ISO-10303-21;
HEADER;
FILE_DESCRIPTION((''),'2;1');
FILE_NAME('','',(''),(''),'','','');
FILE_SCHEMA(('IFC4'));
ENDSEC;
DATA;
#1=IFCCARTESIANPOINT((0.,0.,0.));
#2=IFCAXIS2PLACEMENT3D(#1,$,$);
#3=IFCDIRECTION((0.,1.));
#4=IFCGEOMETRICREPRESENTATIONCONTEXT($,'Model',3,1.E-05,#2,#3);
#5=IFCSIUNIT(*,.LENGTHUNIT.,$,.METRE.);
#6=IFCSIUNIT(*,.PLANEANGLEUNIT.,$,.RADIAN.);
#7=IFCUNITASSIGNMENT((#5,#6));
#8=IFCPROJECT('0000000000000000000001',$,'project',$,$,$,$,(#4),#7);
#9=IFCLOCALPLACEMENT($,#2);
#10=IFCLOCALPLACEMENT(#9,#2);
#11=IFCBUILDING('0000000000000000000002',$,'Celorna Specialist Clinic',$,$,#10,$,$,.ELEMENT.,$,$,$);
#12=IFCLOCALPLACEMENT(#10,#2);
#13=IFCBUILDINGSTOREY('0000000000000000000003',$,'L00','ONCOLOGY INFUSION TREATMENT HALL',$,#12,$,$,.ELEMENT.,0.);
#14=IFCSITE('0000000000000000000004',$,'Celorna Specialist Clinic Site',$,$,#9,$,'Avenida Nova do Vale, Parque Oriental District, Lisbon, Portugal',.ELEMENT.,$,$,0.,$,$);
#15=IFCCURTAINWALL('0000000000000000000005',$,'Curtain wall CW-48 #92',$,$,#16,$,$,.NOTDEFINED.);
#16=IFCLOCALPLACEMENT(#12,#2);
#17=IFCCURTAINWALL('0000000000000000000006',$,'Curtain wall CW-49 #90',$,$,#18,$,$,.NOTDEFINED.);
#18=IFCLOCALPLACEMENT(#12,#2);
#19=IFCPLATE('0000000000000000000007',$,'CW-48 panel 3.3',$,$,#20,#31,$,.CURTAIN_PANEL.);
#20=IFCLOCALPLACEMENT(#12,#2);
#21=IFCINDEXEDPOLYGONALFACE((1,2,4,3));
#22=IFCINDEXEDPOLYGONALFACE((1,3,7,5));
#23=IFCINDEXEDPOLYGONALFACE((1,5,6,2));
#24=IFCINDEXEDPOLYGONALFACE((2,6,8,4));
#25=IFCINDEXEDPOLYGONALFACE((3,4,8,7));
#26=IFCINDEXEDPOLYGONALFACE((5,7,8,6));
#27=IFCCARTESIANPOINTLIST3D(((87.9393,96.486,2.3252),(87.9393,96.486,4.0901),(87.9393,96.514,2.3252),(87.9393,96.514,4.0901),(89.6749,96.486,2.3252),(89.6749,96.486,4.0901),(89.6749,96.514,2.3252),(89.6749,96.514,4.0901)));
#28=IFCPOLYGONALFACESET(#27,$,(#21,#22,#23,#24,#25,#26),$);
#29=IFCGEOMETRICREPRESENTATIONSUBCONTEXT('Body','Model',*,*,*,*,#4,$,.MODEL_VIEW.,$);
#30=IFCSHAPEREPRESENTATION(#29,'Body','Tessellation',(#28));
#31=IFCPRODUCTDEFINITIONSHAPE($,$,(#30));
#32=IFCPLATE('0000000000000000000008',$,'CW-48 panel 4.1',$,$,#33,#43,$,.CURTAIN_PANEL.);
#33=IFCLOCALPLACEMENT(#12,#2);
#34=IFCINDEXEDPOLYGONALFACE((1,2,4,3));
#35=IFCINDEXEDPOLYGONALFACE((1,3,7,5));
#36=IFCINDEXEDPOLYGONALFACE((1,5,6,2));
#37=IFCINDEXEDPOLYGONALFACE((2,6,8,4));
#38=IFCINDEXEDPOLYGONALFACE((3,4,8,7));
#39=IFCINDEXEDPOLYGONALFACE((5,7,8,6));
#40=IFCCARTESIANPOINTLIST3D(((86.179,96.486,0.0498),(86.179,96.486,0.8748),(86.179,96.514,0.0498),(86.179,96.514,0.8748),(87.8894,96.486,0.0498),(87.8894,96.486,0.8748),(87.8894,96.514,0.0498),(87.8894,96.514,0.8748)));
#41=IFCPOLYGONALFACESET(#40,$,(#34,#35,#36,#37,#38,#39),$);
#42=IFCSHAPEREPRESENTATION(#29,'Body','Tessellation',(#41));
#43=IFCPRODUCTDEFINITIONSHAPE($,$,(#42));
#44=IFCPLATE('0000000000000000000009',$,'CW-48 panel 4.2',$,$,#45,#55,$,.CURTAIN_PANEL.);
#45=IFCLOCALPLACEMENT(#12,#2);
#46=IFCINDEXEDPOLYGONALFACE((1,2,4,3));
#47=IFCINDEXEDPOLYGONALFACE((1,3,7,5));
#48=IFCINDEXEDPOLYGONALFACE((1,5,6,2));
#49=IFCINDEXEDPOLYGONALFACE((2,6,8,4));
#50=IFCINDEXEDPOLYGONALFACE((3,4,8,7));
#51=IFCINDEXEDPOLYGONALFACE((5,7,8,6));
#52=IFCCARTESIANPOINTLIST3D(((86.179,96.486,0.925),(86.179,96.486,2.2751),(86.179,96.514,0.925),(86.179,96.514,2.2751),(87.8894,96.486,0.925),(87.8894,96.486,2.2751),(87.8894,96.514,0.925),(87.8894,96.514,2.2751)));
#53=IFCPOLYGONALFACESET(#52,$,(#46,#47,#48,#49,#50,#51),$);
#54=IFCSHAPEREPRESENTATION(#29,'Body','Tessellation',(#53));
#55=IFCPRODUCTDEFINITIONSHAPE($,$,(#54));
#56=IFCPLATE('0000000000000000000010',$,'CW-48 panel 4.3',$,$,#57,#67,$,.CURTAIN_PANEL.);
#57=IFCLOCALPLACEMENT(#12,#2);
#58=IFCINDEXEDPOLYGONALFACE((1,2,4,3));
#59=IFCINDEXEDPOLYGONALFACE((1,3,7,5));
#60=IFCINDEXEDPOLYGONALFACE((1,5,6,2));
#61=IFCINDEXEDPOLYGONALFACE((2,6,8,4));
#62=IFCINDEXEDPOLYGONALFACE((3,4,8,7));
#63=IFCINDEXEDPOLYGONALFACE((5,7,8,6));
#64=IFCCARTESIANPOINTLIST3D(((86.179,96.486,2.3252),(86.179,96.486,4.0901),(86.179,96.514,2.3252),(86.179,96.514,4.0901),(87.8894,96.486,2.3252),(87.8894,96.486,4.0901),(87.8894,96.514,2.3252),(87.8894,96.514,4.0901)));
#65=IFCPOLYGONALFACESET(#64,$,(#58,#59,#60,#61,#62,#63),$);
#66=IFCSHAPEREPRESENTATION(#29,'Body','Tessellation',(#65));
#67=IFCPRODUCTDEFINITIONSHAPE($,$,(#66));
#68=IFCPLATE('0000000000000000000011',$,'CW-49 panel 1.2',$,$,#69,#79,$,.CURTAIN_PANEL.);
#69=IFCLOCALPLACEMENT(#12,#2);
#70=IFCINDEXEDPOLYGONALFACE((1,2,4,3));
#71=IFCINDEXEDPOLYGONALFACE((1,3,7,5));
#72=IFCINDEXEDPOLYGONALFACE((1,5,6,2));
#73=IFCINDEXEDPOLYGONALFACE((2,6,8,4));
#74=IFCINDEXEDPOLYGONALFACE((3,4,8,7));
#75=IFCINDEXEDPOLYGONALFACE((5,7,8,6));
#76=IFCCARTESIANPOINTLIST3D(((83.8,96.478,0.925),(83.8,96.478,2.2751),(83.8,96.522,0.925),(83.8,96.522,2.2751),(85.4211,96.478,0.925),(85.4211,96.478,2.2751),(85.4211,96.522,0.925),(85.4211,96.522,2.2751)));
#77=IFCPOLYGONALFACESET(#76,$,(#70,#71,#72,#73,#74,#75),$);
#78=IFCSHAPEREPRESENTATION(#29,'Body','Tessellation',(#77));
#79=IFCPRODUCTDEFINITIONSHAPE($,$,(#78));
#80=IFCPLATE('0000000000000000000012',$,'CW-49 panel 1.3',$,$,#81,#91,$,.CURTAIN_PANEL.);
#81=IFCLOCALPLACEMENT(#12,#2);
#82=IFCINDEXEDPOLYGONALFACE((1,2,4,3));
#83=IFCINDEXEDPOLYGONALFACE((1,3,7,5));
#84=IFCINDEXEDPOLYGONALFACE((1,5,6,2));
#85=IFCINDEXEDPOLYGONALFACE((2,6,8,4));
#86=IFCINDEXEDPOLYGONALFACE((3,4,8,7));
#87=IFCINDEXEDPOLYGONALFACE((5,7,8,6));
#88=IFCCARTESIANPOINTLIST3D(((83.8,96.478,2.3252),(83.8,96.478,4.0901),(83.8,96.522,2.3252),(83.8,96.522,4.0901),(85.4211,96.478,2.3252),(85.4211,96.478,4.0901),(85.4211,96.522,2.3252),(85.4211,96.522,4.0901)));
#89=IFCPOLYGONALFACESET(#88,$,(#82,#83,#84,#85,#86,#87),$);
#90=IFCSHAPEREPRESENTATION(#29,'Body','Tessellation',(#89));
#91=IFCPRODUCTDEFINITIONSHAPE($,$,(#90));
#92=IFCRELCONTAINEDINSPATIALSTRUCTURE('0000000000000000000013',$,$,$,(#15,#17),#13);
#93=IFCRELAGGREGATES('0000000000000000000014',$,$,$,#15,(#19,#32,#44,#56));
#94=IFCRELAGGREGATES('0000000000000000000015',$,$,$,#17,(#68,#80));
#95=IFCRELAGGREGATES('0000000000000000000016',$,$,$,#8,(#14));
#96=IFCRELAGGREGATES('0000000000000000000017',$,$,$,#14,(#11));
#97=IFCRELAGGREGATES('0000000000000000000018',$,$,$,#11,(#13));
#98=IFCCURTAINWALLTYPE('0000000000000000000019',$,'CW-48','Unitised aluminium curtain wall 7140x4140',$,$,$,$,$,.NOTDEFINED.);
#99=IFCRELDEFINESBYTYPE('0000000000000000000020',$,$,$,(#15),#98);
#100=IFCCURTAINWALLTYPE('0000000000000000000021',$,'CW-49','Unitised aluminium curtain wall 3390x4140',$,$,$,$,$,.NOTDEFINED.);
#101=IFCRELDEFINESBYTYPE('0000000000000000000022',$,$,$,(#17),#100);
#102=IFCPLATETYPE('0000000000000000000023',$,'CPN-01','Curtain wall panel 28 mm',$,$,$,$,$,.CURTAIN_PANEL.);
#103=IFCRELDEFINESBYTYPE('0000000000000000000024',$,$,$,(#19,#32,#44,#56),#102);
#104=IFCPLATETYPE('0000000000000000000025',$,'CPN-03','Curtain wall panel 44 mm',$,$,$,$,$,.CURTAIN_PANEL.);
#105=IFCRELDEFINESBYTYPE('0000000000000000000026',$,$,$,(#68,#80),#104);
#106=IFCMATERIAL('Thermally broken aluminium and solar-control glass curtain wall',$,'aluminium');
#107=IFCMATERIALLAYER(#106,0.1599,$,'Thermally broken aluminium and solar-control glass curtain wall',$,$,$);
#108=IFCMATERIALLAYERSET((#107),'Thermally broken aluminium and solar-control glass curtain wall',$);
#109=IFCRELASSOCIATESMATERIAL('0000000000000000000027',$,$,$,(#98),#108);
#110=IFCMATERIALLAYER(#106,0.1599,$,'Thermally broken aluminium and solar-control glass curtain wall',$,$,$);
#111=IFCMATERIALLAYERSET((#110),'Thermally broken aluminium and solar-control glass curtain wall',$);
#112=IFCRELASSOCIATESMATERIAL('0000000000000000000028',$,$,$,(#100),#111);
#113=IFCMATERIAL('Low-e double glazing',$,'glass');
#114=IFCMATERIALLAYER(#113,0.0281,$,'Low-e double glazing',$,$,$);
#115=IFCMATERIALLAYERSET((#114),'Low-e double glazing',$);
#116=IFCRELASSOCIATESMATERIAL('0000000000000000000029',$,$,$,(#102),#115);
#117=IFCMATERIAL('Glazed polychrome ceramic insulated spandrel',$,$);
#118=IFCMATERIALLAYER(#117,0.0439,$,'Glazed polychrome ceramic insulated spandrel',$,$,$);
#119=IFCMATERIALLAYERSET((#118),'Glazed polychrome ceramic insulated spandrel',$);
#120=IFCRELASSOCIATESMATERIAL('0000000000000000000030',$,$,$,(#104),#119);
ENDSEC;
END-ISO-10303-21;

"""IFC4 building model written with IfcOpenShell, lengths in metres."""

from ifc_helpers import new_model, si_unit, direction, frame, origin, origin_2d, place, context, subcontext, project, spatial, rectangle, extrude, material, layer, layer_set, type_object, element, aggregate, save


model = new_model("IFC4")

# Units and contexts
model_context = context("Model", 3, precision=1e-05, world=origin(), true_north=direction((0.0, 1.0)))
body_context = subcontext(model_context, "Body", "Model", "MODEL_VIEW")
ifc_project = project(units=[si_unit("LENGTHUNIT", "METRE"), si_unit("PLANEANGLEUNIT", "RADIAN")], contexts=[model_context])

# Site, building, storey
site_placement = place(None, origin())
site = spatial("IfcSite", under=ifc_project, at=site_placement, Name="Celorna Specialist Clinic Site", LongName="Avenida Nova do Vale, Parque Oriental District, Lisbon, Portugal", CompositionType="ELEMENT", RefElevation=0.0)
building_placement = place(site_placement, origin())
building = spatial("IfcBuilding", under=site, at=building_placement, Name="Celorna Specialist Clinic", CompositionType="ELEMENT")
storey_placement = place(building_placement, origin())
storey = spatial("IfcBuildingStorey", under=building, at=storey_placement, Name="L00", Description="ONCOLOGY INFUSION TREATMENT HALL", CompositionType="ELEMENT", Elevation=0.0)

# Curtain wall
ifc_material_1 = material(Name="Thermally broken aluminium and solar-control glass curtain wall", Category="aluminium")
ifc_layer_1 = layer(ifc_material_1, 0.1599, Name="Thermally broken aluminium and solar-control glass curtain wall")
ifc_layer_set_1 = layer_set([ifc_layer_1], Name="Thermally broken aluminium and solar-control glass curtain wall")
curtain_wall_type_1 = type_object("IfcCurtainWallType", Name="CW-48", Description="Unitised aluminium curtain wall 7140x4140", PredefinedType="NOTDEFINED", material=ifc_layer_set_1)
curtain_wall_1_placement = place(storey_placement, origin())
curtain_wall_1 = element("IfcCurtainWall", 1, at=curtain_wall_1_placement, inside=storey, type_object=curtain_wall_type_1, Name="Curtain wall CW-48 #92", PredefinedType="NOTDEFINED")

# Curtain wall
ifc_layer_2 = layer(ifc_material_1, 0.1599, Name="Thermally broken aluminium and solar-control glass curtain wall")
ifc_layer_set_2 = layer_set([ifc_layer_2], Name="Thermally broken aluminium and solar-control glass curtain wall")
curtain_wall_type_2 = type_object("IfcCurtainWallType", Name="CW-49", Description="Unitised aluminium curtain wall 3390x4140", PredefinedType="NOTDEFINED", material=ifc_layer_set_2)
curtain_wall_2_placement = place(storey_placement, origin())
curtain_wall_2 = element("IfcCurtainWall", 2, at=curtain_wall_2_placement, inside=storey, type_object=curtain_wall_type_2, Name="Curtain wall CW-49 #90", PredefinedType="NOTDEFINED")

# Plates
ifc_material_2 = material(Name="Low-e double glazing", Category="glass")
ifc_layer_3 = layer(ifc_material_2, 0.0281, Name="Low-e double glazing")
ifc_layer_set_3 = layer_set([ifc_layer_3], Name="Low-e double glazing")
plate_type_1 = type_object("IfcPlateType", Name="CPN-01", Description="Curtain wall panel 28 mm", PredefinedType="CURTAIN_PANEL", material=ifc_layer_set_3)
plate_1_placement = place(storey_placement, frame((88.8071, 96.5, 2.3252), z_axis=(0.0, 0.0, 1.0), x_axis=(-1.0, 0.0, 0.0)))
plate_1 = element("IfcPlate", 3, at=plate_1_placement, type_object=plate_type_1, Name="CW-48 panel 3.3", PredefinedType="CURTAIN_PANEL", context=body_context, shape_type="SweptSolid", body=[
    extrude(rectangle(XDim=1.7356, YDim=0.0281, at=origin_2d()), origin(), (0.0, 0.0, 1.0), 1.7649),
])
plate_2_placement = place(storey_placement, frame((87.0342, 96.5, 0.0498), z_axis=(0.0, 0.0, 1.0), x_axis=(-1.0, 0.0, 0.0)))
plate_2 = element("IfcPlate", 4, at=plate_2_placement, type_object=plate_type_1, Name="CW-48 panel 4.1", PredefinedType="CURTAIN_PANEL", context=body_context, shape_type="SweptSolid", body=[
    extrude(rectangle(XDim=1.7104, YDim=0.0281, at=origin_2d()), origin(), (0.0, 0.0, 1.0), 0.825),
])
plate_3_placement = place(storey_placement, frame((87.0342, 96.5, 0.925), z_axis=(0.0, 0.0, 1.0), x_axis=(-1.0, 0.0, 0.0)))
plate_3 = element("IfcPlate", 5, at=plate_3_placement, type_object=plate_type_1, Name="CW-48 panel 4.2", PredefinedType="CURTAIN_PANEL", context=body_context, shape_type="SweptSolid", body=[
    extrude(rectangle(XDim=1.7104, YDim=0.0281, at=origin_2d()), origin(), (0.0, 0.0, 1.0), 1.3501),
])
plate_4_placement = place(storey_placement, frame((87.0342, 96.5, 2.3252), z_axis=(0.0, 0.0, 1.0), x_axis=(-1.0, 0.0, 0.0)))
plate_4 = element("IfcPlate", 6, at=plate_4_placement, type_object=plate_type_1, Name="CW-48 panel 4.3", PredefinedType="CURTAIN_PANEL", context=body_context, shape_type="SweptSolid", body=[
    extrude(rectangle(XDim=1.7104, YDim=0.0281, at=origin_2d()), origin(), (0.0, 0.0, 1.0), 1.7649),
])
aggregate(curtain_wall_1, [plate_1, plate_2, plate_3, plate_4])
ifc_material_3 = material(Name="Glazed polychrome ceramic insulated spandrel")
ifc_layer_4 = layer(ifc_material_3, 0.0439, Name="Glazed polychrome ceramic insulated spandrel")
ifc_layer_set_4 = layer_set([ifc_layer_4], Name="Glazed polychrome ceramic insulated spandrel")
plate_type_2 = type_object("IfcPlateType", Name="CPN-03", Description="Curtain wall panel 44 mm", PredefinedType="CURTAIN_PANEL", material=ifc_layer_set_4)
plate_5_placement = place(storey_placement, frame((84.6106, 96.5, 0.925), z_axis=(0.0, 0.0, 1.0), x_axis=(-1.0, 0.0, 0.0)))
plate_5 = element("IfcPlate", 7, at=plate_5_placement, type_object=plate_type_2, Name="CW-49 panel 1.2", PredefinedType="CURTAIN_PANEL", context=body_context, shape_type="SweptSolid", body=[
    extrude(rectangle(XDim=1.6211, YDim=0.0439, at=origin_2d()), origin(), (0.0, 0.0, 1.0), 1.3501),
])
plate_6_placement = place(storey_placement, frame((84.6106, 96.5, 2.3252), z_axis=(0.0, 0.0, 1.0), x_axis=(-1.0, 0.0, 0.0)))
plate_6 = element("IfcPlate", 8, at=plate_6_placement, type_object=plate_type_2, Name="CW-49 panel 1.3", PredefinedType="CURTAIN_PANEL", context=body_context, shape_type="SweptSolid", body=[
    extrude(rectangle(XDim=1.6211, YDim=0.0439, at=origin_2d()), origin(), (0.0, 0.0, 1.0), 1.7649),
])
aggregate(curtain_wall_2, [plate_5, plate_6])

save(model, "model.ifc")
